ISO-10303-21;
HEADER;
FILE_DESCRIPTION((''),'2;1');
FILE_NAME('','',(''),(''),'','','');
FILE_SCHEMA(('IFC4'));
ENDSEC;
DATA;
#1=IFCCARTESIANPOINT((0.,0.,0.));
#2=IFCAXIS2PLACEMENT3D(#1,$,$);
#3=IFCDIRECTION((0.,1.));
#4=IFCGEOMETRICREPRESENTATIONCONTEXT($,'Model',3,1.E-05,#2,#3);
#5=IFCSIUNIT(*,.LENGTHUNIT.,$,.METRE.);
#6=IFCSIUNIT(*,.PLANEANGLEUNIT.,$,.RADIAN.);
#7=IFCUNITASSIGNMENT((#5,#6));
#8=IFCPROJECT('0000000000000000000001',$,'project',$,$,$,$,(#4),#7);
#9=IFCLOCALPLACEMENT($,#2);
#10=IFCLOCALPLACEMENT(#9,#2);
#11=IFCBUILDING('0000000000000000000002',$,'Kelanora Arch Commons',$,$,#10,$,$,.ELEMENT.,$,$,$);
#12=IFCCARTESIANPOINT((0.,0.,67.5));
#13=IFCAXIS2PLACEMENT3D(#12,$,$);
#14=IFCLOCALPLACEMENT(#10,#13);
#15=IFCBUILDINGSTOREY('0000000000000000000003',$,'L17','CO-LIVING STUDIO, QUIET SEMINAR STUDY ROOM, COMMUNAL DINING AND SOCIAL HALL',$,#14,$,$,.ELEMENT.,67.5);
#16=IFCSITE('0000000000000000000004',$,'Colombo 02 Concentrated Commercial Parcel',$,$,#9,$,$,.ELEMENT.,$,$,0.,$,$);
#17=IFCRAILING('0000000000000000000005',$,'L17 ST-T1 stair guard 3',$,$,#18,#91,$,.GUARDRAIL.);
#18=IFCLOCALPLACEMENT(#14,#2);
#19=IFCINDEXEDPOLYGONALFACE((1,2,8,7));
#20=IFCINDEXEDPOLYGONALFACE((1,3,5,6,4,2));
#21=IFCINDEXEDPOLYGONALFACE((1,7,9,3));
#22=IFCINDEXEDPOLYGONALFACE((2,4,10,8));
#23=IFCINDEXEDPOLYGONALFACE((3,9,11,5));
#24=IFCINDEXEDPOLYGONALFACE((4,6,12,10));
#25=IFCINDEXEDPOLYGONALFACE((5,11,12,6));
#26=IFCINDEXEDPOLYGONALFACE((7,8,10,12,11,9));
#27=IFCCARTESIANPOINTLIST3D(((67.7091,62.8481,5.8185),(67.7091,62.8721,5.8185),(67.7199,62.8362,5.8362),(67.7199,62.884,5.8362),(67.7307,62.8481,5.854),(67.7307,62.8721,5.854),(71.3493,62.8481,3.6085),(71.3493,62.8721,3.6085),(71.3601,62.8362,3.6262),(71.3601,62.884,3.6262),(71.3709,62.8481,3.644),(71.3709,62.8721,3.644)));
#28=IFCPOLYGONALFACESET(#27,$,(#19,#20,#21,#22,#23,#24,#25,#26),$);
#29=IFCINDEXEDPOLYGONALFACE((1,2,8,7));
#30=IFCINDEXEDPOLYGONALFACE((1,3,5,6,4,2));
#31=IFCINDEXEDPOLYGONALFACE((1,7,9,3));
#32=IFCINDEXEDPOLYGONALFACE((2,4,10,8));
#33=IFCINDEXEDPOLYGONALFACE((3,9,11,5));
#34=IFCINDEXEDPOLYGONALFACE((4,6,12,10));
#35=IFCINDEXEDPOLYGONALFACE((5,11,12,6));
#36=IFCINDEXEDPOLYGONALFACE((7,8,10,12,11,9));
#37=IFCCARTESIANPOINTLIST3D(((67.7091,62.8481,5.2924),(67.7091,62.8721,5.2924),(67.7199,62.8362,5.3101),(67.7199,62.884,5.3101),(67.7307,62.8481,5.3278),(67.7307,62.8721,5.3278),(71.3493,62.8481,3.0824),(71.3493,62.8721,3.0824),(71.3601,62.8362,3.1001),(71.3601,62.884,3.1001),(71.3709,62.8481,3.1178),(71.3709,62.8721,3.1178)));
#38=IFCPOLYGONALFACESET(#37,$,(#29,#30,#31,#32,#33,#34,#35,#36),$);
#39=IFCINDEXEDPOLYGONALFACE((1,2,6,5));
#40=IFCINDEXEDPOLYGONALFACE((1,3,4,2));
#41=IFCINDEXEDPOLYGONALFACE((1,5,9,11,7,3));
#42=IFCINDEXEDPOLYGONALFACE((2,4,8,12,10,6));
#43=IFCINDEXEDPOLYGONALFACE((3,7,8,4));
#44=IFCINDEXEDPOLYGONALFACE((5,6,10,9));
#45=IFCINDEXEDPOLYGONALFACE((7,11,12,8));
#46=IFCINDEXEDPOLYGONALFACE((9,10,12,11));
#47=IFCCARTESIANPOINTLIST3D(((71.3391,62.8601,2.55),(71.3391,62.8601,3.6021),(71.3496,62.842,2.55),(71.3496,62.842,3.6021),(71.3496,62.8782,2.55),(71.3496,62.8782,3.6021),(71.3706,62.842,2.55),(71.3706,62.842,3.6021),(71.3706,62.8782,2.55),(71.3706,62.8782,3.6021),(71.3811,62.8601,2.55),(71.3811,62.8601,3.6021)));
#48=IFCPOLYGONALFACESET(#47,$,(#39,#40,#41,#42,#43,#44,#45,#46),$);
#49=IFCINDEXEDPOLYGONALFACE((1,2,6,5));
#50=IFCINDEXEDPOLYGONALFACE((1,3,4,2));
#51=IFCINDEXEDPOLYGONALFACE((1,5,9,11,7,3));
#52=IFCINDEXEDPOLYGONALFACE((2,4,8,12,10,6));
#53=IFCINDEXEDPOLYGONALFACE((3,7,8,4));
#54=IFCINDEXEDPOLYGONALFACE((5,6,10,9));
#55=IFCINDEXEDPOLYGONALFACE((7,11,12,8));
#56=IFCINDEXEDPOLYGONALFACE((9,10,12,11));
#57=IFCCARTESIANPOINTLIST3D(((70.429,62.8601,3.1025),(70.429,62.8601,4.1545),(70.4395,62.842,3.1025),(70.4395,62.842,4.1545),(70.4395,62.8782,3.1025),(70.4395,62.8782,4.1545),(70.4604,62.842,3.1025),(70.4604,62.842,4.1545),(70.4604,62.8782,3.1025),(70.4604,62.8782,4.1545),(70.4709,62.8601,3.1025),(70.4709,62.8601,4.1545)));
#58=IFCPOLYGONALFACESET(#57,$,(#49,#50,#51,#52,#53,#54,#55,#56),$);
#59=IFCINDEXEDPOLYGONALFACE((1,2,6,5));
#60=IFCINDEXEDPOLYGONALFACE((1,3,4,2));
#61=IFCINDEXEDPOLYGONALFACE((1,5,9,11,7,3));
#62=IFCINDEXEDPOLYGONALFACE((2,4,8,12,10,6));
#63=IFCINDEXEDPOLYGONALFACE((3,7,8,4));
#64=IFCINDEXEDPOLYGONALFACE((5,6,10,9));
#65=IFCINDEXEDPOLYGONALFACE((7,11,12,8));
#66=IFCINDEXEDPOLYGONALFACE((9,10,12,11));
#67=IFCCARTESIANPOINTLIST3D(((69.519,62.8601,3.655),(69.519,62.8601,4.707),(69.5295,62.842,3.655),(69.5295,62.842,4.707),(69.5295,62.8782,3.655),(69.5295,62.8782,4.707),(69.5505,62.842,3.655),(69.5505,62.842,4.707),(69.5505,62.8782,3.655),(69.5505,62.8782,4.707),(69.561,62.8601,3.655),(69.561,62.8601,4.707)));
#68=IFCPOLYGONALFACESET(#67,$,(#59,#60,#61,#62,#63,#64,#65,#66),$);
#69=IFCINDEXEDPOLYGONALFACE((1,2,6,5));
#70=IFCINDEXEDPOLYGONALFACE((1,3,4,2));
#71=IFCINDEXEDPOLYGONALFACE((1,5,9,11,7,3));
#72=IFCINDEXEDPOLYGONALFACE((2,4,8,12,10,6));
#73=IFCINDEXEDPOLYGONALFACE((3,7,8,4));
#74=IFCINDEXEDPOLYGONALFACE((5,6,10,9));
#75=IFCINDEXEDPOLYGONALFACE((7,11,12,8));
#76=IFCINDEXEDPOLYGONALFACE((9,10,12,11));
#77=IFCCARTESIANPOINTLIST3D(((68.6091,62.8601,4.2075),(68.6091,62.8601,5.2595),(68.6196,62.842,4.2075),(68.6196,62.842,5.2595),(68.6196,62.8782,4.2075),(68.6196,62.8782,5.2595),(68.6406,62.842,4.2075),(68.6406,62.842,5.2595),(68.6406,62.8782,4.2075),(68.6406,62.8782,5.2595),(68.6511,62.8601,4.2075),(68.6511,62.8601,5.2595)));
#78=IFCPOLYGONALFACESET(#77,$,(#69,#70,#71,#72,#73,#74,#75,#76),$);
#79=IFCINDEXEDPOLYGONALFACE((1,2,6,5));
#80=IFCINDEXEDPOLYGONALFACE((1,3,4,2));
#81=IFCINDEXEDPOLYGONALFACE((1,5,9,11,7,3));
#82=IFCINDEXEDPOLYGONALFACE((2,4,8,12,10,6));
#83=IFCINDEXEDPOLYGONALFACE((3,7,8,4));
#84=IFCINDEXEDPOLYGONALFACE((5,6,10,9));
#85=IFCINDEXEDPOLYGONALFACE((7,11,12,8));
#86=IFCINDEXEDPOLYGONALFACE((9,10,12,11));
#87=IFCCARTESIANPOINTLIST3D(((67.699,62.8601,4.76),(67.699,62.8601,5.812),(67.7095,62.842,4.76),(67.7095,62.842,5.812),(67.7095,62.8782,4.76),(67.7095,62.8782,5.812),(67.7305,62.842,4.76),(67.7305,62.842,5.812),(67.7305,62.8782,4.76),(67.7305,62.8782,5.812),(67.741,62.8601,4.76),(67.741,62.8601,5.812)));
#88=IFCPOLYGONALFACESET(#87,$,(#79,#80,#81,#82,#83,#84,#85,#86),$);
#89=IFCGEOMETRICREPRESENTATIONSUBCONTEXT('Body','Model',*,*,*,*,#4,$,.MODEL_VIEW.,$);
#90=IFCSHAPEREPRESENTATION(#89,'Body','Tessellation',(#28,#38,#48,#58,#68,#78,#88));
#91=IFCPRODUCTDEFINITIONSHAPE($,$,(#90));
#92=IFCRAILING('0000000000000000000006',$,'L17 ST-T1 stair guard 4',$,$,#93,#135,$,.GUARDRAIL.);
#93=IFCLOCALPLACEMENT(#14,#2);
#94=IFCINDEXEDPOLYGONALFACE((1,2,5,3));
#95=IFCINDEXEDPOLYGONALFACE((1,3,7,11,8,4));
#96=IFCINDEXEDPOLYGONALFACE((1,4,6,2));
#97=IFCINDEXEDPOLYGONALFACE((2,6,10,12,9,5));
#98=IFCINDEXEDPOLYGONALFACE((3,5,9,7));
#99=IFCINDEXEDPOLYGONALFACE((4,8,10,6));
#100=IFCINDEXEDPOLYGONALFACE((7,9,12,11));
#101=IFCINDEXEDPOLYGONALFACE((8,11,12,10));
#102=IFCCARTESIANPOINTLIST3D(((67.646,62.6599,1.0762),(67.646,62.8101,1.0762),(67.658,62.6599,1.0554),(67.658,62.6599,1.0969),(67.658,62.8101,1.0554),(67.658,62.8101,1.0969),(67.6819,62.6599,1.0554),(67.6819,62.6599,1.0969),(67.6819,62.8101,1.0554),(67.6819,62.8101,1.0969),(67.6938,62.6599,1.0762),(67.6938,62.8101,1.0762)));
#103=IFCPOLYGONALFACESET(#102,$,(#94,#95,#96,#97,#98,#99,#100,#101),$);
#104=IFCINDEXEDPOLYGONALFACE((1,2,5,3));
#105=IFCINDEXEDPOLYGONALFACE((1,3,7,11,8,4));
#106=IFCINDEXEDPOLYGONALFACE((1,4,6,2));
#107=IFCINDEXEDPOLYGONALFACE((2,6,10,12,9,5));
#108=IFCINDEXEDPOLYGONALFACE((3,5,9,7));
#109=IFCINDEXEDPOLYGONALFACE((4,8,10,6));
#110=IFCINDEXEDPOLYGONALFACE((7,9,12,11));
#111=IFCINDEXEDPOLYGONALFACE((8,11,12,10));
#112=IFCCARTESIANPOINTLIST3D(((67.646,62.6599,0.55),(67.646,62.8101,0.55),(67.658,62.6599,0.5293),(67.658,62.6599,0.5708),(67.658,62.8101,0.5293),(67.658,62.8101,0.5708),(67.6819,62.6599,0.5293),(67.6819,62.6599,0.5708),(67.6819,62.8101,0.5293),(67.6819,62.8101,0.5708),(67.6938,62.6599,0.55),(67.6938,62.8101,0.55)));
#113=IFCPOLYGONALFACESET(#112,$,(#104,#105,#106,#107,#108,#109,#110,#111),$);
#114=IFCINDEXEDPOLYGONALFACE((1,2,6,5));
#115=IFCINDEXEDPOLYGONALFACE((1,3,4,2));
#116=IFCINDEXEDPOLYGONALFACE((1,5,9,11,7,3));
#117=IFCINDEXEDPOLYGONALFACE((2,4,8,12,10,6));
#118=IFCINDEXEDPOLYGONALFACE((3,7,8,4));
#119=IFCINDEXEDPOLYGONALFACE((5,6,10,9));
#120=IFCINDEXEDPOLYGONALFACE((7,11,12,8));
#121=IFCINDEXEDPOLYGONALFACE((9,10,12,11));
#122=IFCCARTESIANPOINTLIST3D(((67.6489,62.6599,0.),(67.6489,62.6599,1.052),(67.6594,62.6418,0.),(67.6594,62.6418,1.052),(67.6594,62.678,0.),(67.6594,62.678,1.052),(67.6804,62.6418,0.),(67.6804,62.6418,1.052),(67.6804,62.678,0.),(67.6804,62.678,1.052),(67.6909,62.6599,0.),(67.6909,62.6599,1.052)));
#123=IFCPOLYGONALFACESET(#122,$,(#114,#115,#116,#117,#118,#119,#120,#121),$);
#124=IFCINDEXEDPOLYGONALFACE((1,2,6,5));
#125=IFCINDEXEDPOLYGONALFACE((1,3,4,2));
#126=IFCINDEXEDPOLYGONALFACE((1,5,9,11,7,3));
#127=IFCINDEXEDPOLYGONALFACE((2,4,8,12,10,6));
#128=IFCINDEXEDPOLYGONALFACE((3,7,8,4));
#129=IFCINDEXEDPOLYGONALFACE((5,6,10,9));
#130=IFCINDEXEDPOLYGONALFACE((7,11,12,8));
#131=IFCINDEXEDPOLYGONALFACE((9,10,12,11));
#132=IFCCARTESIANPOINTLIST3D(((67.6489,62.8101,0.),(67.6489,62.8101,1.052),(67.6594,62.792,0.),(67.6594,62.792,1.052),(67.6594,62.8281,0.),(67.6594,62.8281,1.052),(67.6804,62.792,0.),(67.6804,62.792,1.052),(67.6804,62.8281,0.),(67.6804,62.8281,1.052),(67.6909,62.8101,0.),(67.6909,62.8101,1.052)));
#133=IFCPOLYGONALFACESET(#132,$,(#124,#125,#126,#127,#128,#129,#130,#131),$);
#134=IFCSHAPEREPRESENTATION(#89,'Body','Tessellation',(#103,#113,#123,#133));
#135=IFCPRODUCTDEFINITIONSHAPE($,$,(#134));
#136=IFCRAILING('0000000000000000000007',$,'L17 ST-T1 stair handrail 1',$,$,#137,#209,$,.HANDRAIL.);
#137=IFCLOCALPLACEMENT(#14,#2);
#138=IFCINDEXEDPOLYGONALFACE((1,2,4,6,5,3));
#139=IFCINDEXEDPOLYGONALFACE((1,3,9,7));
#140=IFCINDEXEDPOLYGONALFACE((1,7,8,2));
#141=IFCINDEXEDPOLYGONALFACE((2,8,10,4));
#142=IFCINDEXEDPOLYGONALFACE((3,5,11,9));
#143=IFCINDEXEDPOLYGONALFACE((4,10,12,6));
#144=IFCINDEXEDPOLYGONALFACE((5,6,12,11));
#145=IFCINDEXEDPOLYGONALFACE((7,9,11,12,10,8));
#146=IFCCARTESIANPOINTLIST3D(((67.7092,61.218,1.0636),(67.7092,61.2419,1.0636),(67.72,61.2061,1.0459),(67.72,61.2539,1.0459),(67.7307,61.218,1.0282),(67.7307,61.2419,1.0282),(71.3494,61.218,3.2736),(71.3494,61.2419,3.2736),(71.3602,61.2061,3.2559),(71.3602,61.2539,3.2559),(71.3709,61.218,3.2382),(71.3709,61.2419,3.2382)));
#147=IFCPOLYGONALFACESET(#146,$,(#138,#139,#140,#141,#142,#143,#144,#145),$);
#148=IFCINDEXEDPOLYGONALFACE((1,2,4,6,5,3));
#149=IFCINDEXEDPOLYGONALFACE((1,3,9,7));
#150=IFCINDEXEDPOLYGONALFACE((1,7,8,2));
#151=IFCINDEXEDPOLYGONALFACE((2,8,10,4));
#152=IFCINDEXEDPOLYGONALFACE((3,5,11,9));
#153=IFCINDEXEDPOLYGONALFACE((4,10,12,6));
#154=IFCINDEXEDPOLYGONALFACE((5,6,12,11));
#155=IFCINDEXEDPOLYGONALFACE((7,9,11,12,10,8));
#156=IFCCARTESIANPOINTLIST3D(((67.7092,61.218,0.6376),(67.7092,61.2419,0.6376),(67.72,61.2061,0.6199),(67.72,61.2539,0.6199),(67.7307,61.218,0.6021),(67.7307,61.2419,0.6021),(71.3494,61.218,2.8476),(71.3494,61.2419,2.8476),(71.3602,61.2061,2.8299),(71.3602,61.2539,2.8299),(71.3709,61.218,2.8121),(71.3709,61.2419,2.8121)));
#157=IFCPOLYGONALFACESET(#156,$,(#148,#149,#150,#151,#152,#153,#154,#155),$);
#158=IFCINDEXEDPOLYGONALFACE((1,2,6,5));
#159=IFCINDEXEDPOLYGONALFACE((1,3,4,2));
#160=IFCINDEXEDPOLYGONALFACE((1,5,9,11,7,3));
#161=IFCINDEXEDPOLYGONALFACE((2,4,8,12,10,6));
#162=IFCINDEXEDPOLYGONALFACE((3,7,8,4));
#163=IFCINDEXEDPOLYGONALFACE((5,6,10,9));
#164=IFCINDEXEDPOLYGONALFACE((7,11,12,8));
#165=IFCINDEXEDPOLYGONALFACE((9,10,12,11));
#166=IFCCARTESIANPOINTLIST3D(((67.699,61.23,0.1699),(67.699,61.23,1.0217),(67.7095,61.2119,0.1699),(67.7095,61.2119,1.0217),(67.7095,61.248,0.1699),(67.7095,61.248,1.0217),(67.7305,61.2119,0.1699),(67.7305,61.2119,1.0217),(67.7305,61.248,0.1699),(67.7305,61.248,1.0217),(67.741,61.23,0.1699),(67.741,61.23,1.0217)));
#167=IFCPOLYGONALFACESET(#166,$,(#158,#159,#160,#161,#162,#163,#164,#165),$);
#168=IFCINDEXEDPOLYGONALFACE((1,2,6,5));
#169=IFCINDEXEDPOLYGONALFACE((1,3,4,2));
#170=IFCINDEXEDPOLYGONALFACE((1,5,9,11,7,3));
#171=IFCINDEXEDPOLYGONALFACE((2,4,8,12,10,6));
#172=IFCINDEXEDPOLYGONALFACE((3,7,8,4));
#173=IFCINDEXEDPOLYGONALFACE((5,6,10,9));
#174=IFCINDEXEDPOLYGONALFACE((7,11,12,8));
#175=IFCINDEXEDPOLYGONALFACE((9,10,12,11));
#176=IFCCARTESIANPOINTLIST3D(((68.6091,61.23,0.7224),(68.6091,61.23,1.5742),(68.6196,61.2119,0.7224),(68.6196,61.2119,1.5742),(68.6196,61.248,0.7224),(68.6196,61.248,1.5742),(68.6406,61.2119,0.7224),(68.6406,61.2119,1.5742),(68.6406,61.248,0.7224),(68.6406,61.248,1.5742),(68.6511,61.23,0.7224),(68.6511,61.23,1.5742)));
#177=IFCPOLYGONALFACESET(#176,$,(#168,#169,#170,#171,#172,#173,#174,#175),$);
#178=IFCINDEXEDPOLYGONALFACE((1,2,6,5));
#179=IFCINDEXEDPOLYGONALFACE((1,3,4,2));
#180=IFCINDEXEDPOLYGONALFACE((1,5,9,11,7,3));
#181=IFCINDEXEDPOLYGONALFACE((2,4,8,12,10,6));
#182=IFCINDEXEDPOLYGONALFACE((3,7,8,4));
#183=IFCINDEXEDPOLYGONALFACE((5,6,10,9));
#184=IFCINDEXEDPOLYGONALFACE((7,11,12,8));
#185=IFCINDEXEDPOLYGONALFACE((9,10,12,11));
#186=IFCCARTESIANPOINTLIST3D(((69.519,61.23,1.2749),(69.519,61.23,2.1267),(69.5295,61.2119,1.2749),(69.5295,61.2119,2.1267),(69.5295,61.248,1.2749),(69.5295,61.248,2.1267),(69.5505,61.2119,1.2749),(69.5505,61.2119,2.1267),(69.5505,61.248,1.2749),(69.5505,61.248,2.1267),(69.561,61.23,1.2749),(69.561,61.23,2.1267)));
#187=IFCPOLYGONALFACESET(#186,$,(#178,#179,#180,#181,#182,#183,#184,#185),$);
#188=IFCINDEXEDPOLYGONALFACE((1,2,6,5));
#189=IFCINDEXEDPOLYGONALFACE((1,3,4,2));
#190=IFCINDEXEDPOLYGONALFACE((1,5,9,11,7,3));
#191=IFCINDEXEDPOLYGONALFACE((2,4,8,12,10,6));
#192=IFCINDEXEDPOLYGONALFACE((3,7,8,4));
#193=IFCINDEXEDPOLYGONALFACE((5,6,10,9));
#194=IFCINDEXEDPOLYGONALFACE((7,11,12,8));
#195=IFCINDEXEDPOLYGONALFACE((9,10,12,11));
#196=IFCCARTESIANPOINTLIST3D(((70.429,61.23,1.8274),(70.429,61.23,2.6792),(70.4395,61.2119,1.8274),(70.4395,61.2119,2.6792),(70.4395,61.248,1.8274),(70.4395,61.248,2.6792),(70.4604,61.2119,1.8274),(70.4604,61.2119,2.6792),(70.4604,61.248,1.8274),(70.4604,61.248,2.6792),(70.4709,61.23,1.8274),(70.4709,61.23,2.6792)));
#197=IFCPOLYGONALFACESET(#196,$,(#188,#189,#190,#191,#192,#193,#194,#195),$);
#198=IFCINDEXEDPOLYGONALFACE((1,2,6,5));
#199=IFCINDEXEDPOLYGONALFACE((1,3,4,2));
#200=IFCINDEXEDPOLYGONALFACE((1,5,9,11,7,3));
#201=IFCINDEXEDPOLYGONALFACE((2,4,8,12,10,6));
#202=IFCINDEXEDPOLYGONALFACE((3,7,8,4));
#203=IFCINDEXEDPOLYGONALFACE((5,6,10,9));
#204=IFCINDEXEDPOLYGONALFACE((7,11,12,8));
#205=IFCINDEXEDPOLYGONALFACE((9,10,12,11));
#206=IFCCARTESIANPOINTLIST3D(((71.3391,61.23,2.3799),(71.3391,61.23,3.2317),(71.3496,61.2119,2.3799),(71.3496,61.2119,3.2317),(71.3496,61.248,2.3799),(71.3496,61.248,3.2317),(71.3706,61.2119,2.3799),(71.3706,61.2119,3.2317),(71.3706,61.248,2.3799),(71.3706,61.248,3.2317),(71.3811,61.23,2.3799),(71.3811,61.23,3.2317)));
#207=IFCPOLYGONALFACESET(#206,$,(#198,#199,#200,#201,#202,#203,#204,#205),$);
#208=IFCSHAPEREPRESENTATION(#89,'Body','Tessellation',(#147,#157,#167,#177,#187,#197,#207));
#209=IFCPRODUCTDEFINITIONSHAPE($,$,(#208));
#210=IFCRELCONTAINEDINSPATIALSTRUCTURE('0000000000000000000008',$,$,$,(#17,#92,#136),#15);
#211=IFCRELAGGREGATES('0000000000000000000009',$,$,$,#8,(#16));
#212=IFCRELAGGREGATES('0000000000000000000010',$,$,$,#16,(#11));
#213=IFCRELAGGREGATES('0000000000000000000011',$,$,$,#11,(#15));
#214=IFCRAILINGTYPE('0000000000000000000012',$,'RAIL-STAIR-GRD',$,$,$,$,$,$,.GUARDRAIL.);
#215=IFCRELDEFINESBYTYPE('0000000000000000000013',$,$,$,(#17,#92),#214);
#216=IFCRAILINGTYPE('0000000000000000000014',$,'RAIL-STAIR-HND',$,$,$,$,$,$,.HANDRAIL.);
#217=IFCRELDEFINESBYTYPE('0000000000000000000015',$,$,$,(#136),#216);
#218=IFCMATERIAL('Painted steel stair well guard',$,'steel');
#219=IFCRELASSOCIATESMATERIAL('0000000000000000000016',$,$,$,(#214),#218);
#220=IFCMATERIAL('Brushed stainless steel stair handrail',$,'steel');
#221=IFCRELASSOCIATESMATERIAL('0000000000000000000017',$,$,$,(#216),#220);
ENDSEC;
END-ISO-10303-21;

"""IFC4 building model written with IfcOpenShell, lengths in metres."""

from ifc_helpers import new_model, si_unit, direction, frame, origin, place, context, subcontext, project, spatial, polyline, outline, extrude, material, type_object, element, save


model = new_model("IFC4")

# Units and contexts
model_context = context("Model", 3, precision=1e-05, world=origin(), true_north=direction((0.0, 1.0)))
body_context = subcontext(model_context, "Body", "Model", "MODEL_VIEW")
ifc_project = project(units=[si_unit("LENGTHUNIT", "METRE"), si_unit("PLANEANGLEUNIT", "RADIAN")], contexts=[model_context])

# Site, building, storey
site_placement = place(None, origin())
site = spatial("IfcSite", under=ifc_project, at=site_placement, Name="Colombo 02 Concentrated Commercial Parcel", CompositionType="ELEMENT", RefElevation=0.0)
building_placement = place(site_placement, origin())
building = spatial("IfcBuilding", under=site, at=building_placement, Name="Kelanora Arch Commons", CompositionType="ELEMENT")
storey_placement = place(building_placement, frame((0.0, 0.0, 67.5)))
storey = spatial("IfcBuildingStorey", under=building, at=storey_placement, Name="L17", Description="CO-LIVING STUDIO, QUIET SEMINAR STUDY ROOM, COMMUNAL DINING AND SOCIAL HALL", CompositionType="ELEMENT", Elevation=67.5)

# Railings
ifc_material_1 = material(Name="Painted steel stair well guard", Category="steel")
railing_type_1 = type_object("IfcRailingType", Name="RAIL-STAIR-GRD", PredefinedType="GUARDRAIL", material=ifc_material_1)
railing_1_placement = place(storey_placement, frame((71.3601, 62.8601, 2.55)))
element("IfcRailing", 1, at=railing_1_placement, inside=storey, type_object=railing_type_1, Name="L17 ST-T1 stair guard 3", PredefinedType="GUARDRAIL", context=body_context, shape_type="SweptSolid", body=[
    extrude(outline(polyline([(0.0239, 0.0), (0.012, 0.0208), (-0.012, 0.0208), (-0.0239, 0.0), (-0.012, -0.0208), (0.012, -0.0208), (0.0239, 0.0)])), frame((0.0, 0.0, 1.0762), z_axis=(-0.8548, 0.0, 0.518957), x_axis=(0.0, -1.0, 0.0)), (0.0, 0.0, 1.0), 4.2585),
    extrude(outline(polyline([(0.0239, 0.0), (0.012, 0.0208), (-0.012, 0.0208), (-0.0239, 0.0), (-0.012, -0.0208), (0.012, -0.0208), (0.0239, 0.0)])), frame((0.0, 0.0, 0.55), z_axis=(-0.8548, 0.0, 0.518957), x_axis=(0.0, -1.0, 0.0)), (0.0, 0.0, 1.0), 4.2585),
    extrude(outline(polyline([(0.021, 0.0), (0.0105, 0.0181), (-0.0105, 0.0181), (-0.021, 0.0), (-0.0105, -0.0181), (0.0105, -0.0181), (0.021, 0.0)])), origin(), (0.0, 0.0, 1.0), 1.052),
    extrude(outline(polyline([(0.021, 0.0), (0.0105, 0.0181), (-0.0105, 0.0181), (-0.021, 0.0), (-0.0105, -0.0181), (0.0105, -0.0181), (0.021, 0.0)])), frame((-0.9102, 0.0, 0.5525)), (0.0, 0.0, 1.0), 1.052),
    extrude(outline(polyline([(0.021, 0.0), (0.0105, 0.0181), (-0.0105, 0.0181), (-0.021, 0.0), (-0.0105, -0.0181), (0.0105, -0.0181), (0.021, 0.0)])), frame((-1.8201, 0.0, 1.105)), (0.0, 0.0, 1.0), 1.052),
    extrude(outline(polyline([(0.021, 0.0), (0.0105, 0.0181), (-0.0105, 0.0181), (-0.021, 0.0), (-0.0105, -0.0181), (0.0105, -0.0181), (0.021, 0.0)])), frame((-2.73, 0.0, 1.6575)), (0.0, 0.0, 1.0), 1.052),
    extrude(outline(polyline([(0.021, 0.0), (0.0105, 0.0181), (-0.0105, 0.0181), (-0.021, 0.0), (-0.0105, -0.0181), (0.0105, -0.0181), (0.021, 0.0)])), frame((-3.6401, 0.0, 2.21)), (0.0, 0.0, 1.0), 1.052),
])
railing_2_placement = place(storey_placement, frame((67.6699, 62.6599, 0.0)))
element("IfcRailing", 2, at=railing_2_placement, inside=storey, type_object=railing_type_1, Name="L17 ST-T1 stair guard 4", PredefinedType="GUARDRAIL", context=body_context, shape_type="SweptSolid", body=[
    extrude(outline(polyline([(0.0239, 0.0), (0.012, 0.0208), (-0.012, 0.0208), (-0.0239, 0.0), (-0.012, -0.0208), (0.012, -0.0208), (0.0239, 0.0)])), frame((0.0, 0.0, 1.0762), z_axis=(0.0, 1.0, 0.0), x_axis=(-1.0, 0.0, 0.0)), (0.0, 0.0, 1.0), 0.1501),
    extrude(outline(polyline([(0.0239, 0.0), (0.012, 0.0208), (-0.012, 0.0208), (-0.0239, 0.0), (-0.012, -0.0208), (0.012, -0.0208), (0.0239, 0.0)])), frame((0.0, 0.0, 0.55), z_axis=(0.0, 1.0, 0.0), x_axis=(-1.0, 0.0, 0.0)), (0.0, 0.0, 1.0), 0.1501),
    extrude(outline(polyline([(0.021, 0.0), (0.0105, 0.0181), (-0.0105, 0.0181), (-0.021, 0.0), (-0.0105, -0.0181), (0.0105, -0.0181), (0.021, 0.0)])), origin(), (0.0, 0.0, 1.0), 1.052),
    extrude(outline(polyline([(0.021, 0.0), (0.0105, 0.0181), (-0.0105, 0.0181), (-0.021, 0.0), (-0.0105, -0.0181), (0.0105, -0.0181), (0.021, 0.0)])), frame((0.0, 0.1501, 0.0)), (0.0, 0.0, 1.0), 1.052),
])
ifc_material_2 = material(Name="Brushed stainless steel stair handrail", Category="steel")
railing_type_2 = type_object("IfcRailingType", Name="RAIL-STAIR-HND", PredefinedType="HANDRAIL", material=ifc_material_2)
railing_3_placement = place(storey_placement, frame((67.72, 61.23, 0.1699)))
element("IfcRailing", 3, at=railing_3_placement, inside=storey, type_object=railing_type_2, Name="L17 ST-T1 stair handrail 1", PredefinedType="HANDRAIL", context=body_context, shape_type="SweptSolid", body=[
    extrude(outline(polyline([(0.0239, 0.0), (0.012, 0.0208), (-0.012, 0.0208), (-0.0239, 0.0), (-0.012, -0.0208), (0.012, -0.0208), (0.0239, 0.0)])), frame((0.0, 0.0, 0.876), z_axis=(0.8548, 0.0, 0.518957), x_axis=(0.0, 1.0, 0.0)), (0.0, 0.0, 1.0), 4.2585),
    extrude(outline(polyline([(0.0239, 0.0), (0.012, 0.0208), (-0.012, 0.0208), (-0.0239, 0.0), (-0.012, -0.0208), (0.012, -0.0208), (0.0239, 0.0)])), frame((0.0, 0.0, 0.45), z_axis=(0.8548, 0.0, 0.518957), x_axis=(0.0, 1.0, 0.0)), (0.0, 0.0, 1.0), 4.2585),
    extrude(outline(polyline([(0.021, 0.0), (0.0105, 0.0181), (-0.0105, 0.0181), (-0.021, 0.0), (-0.0105, -0.0181), (0.0105, -0.0181), (0.021, 0.0)])), origin(), (0.0, 0.0, 1.0), 0.8518),
    extrude(outline(polyline([(0.021, 0.0), (0.0105, 0.0181), (-0.0105, 0.0181), (-0.021, 0.0), (-0.0105, -0.0181), (0.0105, -0.0181), (0.021, 0.0)])), frame((0.9102, 0.0, 0.5525)), (0.0, 0.0, 1.0), 0.8518),
    extrude(outline(polyline([(0.021, 0.0), (0.0105, 0.0181), (-0.0105, 0.0181), (-0.021, 0.0), (-0.0105, -0.0181), (0.0105, -0.0181), (0.021, 0.0)])), frame((1.8201, 0.0, 1.105)), (0.0, 0.0, 1.0), 0.8518),
    extrude(outline(polyline([(0.021, 0.0), (0.0105, 0.0181), (-0.0105, 0.0181), (-0.021, 0.0), (-0.0105, -0.0181), (0.0105, -0.0181), (0.021, 0.0)])), frame((2.73, 0.0, 1.6575)), (0.0, 0.0, 1.0), 0.8518),
    extrude(outline(polyline([(0.021, 0.0), (0.0105, 0.0181), (-0.0105, 0.0181), (-0.021, 0.0), (-0.0105, -0.0181), (0.0105, -0.0181), (0.021, 0.0)])), frame((3.6401, 0.0, 2.21)), (0.0, 0.0, 1.0), 0.8518),
])

save(model, "model.ifc")
